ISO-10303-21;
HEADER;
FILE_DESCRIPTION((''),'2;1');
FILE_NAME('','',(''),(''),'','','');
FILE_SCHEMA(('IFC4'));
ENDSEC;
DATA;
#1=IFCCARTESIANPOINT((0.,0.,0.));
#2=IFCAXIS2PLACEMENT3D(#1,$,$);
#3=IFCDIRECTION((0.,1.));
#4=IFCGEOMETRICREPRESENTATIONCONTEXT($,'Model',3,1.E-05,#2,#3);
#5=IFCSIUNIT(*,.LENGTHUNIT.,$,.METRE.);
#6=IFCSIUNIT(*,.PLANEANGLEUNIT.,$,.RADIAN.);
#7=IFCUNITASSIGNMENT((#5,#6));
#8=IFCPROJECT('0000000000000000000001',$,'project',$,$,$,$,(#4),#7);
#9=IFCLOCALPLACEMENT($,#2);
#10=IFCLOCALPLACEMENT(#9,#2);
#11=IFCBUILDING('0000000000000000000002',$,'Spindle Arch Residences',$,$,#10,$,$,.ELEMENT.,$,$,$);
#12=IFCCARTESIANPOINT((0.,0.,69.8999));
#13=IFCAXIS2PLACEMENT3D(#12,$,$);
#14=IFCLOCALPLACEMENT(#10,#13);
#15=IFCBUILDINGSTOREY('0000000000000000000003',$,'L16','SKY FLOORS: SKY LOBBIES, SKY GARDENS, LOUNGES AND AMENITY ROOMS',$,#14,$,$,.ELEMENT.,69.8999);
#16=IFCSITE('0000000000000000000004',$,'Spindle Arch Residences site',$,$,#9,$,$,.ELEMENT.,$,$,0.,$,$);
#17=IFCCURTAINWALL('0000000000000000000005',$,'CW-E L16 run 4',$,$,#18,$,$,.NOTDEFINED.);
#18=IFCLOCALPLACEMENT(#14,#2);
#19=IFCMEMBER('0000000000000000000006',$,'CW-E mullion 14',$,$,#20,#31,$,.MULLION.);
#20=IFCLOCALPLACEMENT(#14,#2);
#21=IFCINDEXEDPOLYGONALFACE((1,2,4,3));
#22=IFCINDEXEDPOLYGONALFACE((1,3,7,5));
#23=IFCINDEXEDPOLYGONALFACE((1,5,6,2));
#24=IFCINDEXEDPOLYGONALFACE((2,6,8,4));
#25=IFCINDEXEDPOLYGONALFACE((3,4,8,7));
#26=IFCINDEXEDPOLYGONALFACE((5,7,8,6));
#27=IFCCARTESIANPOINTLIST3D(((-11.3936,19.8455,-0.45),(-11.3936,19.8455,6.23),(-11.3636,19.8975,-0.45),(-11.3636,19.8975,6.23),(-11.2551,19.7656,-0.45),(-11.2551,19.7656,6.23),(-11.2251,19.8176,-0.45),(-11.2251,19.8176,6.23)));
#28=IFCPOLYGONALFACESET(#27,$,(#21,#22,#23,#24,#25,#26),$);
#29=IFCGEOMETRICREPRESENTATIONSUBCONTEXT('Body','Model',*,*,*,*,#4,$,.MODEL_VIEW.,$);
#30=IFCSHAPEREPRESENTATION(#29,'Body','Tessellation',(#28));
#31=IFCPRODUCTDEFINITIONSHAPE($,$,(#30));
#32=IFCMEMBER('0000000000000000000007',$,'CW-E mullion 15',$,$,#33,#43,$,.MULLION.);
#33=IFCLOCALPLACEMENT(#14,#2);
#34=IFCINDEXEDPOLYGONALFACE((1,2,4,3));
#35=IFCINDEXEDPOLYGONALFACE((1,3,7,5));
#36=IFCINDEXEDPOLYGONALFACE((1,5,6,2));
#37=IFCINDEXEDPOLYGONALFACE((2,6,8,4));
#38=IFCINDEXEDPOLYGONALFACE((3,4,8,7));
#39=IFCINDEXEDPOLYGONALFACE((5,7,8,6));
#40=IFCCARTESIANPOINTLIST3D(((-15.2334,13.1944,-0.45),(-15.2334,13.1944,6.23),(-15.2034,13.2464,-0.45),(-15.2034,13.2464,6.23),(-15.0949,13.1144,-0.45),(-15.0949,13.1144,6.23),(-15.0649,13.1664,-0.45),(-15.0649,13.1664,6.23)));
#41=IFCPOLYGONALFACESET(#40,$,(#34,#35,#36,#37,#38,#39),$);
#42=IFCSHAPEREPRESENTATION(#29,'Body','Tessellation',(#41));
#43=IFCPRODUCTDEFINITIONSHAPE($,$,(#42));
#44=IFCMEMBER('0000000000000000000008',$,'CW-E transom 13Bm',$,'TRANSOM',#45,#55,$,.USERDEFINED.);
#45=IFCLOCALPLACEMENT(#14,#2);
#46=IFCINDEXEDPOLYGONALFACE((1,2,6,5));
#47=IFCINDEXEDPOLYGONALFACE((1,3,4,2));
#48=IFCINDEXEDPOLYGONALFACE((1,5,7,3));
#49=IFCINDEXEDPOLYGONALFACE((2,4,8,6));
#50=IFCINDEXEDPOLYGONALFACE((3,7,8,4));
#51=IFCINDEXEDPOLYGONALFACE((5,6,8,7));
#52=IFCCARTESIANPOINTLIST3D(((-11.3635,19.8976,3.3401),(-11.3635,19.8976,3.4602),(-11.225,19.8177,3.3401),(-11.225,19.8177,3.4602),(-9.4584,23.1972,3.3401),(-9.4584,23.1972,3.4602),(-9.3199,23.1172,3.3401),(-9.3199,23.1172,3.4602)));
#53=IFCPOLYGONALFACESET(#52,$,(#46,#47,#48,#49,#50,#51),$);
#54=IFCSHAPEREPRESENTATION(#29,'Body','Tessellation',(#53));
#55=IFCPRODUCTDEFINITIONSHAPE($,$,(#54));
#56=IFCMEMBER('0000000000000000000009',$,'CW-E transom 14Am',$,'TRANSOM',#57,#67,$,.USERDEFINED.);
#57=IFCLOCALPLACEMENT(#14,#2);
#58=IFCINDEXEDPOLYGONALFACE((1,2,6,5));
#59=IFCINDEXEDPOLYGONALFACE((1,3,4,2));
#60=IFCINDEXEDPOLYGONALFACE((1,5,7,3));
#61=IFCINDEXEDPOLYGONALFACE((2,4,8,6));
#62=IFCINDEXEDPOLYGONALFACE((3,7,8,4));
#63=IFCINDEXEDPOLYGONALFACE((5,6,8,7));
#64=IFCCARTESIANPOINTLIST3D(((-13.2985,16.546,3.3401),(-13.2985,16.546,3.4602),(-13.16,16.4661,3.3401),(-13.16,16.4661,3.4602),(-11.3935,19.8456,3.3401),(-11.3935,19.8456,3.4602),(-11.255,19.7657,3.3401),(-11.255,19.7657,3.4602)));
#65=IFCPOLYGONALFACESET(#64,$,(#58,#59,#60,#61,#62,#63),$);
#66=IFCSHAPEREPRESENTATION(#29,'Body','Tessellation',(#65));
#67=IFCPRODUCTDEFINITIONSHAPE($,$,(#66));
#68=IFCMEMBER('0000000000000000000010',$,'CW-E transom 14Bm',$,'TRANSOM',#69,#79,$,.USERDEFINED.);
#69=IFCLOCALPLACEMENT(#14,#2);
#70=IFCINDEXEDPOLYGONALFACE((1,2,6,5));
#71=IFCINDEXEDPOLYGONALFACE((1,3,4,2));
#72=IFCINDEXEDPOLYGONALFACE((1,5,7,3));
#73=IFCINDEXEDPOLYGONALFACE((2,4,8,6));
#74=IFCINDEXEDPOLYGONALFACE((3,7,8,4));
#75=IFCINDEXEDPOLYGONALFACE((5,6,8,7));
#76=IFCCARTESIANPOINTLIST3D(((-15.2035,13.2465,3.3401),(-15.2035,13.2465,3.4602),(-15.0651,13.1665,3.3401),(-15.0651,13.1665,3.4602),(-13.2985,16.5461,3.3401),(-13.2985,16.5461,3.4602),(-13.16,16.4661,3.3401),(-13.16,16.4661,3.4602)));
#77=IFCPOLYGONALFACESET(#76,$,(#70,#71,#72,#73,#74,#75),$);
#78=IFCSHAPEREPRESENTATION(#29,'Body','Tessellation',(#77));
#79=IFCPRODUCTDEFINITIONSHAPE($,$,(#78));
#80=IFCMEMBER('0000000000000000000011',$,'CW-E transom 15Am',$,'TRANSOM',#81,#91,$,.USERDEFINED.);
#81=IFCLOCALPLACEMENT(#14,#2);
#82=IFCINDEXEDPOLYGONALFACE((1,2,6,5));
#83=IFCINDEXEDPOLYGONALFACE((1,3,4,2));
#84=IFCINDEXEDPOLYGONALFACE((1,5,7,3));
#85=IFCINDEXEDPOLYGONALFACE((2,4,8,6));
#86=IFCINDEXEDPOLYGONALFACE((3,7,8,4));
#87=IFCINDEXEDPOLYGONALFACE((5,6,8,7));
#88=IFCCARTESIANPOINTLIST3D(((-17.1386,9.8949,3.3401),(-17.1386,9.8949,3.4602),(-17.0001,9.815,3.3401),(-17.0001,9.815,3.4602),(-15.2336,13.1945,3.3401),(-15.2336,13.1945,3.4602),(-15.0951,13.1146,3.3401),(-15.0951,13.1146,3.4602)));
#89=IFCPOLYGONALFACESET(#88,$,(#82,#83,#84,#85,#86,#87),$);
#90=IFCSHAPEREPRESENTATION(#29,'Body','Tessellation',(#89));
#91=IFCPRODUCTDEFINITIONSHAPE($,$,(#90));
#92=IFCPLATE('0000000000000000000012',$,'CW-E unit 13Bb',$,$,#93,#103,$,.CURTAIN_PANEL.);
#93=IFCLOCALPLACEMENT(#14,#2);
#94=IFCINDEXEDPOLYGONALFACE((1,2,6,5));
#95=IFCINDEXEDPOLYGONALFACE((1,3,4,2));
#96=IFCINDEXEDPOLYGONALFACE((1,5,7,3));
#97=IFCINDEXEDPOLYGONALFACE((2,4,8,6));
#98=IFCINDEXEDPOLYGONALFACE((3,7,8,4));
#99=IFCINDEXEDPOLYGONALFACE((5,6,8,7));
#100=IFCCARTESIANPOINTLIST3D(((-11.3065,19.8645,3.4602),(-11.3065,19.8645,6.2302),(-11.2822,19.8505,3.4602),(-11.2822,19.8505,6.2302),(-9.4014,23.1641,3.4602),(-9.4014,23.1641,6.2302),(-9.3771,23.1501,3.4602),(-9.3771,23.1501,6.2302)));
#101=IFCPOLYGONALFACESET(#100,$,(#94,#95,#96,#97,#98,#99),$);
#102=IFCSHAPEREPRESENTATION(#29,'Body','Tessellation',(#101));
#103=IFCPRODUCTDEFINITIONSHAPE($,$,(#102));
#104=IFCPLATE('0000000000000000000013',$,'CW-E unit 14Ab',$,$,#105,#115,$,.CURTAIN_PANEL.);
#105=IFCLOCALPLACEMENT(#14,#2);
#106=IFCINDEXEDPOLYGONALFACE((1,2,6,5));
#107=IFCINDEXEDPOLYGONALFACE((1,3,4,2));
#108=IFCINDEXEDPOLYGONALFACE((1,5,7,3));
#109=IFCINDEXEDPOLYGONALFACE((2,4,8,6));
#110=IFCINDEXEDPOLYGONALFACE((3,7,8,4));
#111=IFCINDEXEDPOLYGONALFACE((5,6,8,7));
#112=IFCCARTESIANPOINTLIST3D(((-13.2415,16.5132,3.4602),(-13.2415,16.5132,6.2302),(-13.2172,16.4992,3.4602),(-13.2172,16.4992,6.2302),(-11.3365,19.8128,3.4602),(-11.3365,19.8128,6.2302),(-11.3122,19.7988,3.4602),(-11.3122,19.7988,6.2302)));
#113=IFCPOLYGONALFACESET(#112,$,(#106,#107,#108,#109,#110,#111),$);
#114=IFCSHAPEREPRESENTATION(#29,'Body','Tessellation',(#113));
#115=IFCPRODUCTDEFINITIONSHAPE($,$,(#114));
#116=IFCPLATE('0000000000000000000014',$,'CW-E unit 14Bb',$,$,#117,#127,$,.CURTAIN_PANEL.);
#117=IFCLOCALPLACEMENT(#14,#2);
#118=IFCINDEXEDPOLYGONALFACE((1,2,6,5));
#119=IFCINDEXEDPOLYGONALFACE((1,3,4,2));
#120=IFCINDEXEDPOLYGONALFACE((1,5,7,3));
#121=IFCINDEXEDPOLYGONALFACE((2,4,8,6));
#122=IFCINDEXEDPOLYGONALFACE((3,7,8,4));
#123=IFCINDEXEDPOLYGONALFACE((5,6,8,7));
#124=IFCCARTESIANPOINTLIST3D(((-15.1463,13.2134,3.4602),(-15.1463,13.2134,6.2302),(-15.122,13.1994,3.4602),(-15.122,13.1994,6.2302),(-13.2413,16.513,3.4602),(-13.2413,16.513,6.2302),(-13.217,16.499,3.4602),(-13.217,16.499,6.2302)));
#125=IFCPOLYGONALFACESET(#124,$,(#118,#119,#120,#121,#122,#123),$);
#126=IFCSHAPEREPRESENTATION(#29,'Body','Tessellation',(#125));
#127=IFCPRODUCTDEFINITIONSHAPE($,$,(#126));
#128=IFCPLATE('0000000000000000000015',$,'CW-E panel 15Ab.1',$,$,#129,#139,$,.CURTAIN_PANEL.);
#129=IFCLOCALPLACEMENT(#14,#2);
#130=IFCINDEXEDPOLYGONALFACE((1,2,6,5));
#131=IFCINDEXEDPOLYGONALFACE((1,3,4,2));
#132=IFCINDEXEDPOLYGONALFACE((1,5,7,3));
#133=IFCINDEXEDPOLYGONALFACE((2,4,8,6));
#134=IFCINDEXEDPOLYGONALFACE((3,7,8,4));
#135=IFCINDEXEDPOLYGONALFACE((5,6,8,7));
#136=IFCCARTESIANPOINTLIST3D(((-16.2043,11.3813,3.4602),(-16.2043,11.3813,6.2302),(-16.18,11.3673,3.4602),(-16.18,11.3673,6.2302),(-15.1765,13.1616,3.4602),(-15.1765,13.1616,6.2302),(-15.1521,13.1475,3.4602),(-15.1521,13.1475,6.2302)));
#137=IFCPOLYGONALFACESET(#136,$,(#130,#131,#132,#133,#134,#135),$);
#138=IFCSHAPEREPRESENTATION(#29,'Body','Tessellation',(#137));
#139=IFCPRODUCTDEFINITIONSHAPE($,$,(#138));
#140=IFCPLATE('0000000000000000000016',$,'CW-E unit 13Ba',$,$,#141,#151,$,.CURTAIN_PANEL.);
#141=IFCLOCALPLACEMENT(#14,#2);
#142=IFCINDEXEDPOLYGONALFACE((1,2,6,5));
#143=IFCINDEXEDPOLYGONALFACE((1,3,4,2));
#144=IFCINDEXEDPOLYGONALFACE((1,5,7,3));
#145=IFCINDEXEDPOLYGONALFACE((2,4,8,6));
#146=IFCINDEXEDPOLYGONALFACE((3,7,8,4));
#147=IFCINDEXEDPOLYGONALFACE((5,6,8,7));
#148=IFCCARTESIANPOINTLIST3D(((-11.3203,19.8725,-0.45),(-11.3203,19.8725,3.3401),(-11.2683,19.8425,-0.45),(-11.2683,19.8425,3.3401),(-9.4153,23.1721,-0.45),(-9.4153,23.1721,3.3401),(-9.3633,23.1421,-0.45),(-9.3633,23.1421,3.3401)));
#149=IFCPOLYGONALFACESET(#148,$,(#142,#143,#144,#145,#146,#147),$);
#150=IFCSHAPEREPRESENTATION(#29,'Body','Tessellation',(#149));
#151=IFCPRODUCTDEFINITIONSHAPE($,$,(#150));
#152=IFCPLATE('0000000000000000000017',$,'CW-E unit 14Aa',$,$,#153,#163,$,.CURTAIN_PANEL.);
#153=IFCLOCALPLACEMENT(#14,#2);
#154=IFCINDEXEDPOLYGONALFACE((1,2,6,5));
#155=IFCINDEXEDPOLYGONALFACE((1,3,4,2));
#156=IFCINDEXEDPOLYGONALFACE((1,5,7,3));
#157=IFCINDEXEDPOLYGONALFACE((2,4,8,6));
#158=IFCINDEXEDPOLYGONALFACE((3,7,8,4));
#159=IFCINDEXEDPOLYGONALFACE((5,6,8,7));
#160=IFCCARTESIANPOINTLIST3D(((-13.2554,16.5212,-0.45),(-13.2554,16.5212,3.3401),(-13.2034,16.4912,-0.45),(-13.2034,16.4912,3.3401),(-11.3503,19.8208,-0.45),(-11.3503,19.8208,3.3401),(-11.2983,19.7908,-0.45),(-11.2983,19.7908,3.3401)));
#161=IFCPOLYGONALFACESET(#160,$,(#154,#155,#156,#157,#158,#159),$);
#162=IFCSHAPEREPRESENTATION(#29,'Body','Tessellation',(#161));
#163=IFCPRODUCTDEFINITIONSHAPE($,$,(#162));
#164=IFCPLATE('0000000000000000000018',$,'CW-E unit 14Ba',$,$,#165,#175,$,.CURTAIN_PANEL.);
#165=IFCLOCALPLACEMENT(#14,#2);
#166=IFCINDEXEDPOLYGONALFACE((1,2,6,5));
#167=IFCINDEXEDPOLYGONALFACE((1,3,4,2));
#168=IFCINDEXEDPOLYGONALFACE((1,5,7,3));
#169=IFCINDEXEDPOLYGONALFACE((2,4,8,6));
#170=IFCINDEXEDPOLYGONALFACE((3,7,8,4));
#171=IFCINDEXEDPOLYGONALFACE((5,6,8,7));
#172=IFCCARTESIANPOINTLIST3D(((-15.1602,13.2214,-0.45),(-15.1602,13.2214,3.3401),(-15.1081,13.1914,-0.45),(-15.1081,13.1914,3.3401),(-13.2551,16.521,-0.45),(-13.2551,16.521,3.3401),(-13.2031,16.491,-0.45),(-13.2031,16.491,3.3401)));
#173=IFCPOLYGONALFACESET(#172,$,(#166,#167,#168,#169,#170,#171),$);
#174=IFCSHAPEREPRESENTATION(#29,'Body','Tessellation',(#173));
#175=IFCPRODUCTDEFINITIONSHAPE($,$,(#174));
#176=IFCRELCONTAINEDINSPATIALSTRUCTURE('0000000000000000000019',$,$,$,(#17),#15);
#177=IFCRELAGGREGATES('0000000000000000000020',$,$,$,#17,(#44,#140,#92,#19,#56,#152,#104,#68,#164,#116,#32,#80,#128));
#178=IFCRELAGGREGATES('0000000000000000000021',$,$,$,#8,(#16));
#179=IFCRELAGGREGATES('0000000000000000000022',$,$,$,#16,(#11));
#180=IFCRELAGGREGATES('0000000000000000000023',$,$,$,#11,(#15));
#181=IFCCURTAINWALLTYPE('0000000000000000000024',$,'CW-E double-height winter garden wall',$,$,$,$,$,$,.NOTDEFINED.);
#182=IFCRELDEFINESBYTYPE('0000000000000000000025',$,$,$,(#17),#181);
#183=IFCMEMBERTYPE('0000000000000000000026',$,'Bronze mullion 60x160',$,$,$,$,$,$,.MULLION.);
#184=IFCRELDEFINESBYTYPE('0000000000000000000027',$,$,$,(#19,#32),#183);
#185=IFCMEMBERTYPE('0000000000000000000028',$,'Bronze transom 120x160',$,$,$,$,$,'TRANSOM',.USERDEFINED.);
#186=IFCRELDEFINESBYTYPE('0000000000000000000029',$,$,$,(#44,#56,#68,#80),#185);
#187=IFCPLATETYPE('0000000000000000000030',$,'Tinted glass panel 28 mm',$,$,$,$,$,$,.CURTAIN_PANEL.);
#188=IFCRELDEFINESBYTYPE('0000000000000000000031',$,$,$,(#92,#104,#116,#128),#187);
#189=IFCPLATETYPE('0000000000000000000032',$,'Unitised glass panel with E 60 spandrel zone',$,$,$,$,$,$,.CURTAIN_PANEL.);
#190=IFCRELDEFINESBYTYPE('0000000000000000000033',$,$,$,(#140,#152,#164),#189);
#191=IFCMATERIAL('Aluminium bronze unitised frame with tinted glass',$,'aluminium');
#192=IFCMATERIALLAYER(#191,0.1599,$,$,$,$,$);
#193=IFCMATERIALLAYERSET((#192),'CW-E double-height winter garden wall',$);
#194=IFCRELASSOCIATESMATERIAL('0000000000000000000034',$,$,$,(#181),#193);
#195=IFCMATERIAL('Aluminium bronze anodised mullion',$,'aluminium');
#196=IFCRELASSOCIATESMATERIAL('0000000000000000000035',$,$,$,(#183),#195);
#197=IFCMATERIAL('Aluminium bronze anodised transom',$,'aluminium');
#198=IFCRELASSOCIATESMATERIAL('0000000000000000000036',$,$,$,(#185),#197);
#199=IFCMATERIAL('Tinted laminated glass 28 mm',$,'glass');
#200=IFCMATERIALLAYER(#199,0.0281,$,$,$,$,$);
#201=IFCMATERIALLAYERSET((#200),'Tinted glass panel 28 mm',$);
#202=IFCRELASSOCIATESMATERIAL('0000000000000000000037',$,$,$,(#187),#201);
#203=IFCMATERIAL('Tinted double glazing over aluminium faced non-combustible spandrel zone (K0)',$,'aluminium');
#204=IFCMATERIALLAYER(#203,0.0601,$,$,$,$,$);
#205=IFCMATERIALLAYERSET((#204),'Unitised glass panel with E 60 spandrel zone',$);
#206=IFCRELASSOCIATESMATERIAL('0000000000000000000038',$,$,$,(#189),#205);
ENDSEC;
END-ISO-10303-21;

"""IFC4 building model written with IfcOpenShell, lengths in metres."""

from ifc_helpers import new_model, si_unit, direction, frame, origin, origin_2d, place, context, subcontext, project, spatial, rectangle, extrude, material, layer, layer_set, material_profile, profile_set, type_object, element, aggregate, save


model = new_model("IFC4")

# Units and contexts
model_context = context("Model", 3, precision=1e-05, world=origin(), true_north=direction((0.0, 1.0)))
body_context = subcontext(model_context, "Body", "Model", "MODEL_VIEW")
ifc_project = project(units=[si_unit("LENGTHUNIT", "METRE"), si_unit("PLANEANGLEUNIT", "RADIAN")], contexts=[model_context])

# Site, building, storey
site_placement = place(None, origin())
site = spatial("IfcSite", under=ifc_project, at=site_placement, Name="Spindle Arch Residences site", CompositionType="ELEMENT", RefElevation=0.0)
building_placement = place(site_placement, origin())
building = spatial("IfcBuilding", under=site, at=building_placement, Name="Spindle Arch Residences", CompositionType="ELEMENT")
storey_placement = place(building_placement, frame((0.0, 0.0, 69.8999)))
storey = spatial("IfcBuildingStorey", under=building, at=storey_placement, Name="L16", Description="SKY FLOORS: SKY LOBBIES, SKY GARDENS, LOUNGES AND AMENITY ROOMS", CompositionType="ELEMENT", Elevation=69.8999)

# Curtain wall, members, plates
ifc_material_1 = material(Name="Aluminium bronze unitised frame with tinted glass", Category="aluminium")
ifc_layer_1 = layer(ifc_material_1, 0.1599)
ifc_layer_set_1 = layer_set([ifc_layer_1], Name="CW-E double-height winter garden wall")
curtain_wall_type = type_object("IfcCurtainWallType", Name="CW-E double-height winter garden wall", PredefinedType="NOTDEFINED", material=ifc_layer_set_1)
curtain_wall_placement = place(storey_placement, origin())
curtain_wall = element("IfcCurtainWall", 1, at=curtain_wall_placement, inside=storey, type_object=curtain_wall_type, Name="CW-E L16 run 4", PredefinedType="NOTDEFINED")
ifc_material_2 = material(Name="Aluminium bronze anodised mullion", Category="aluminium")
ifc_material_profile_1 = material_profile(ifc_material_2, rectangle(XDim=0.1599, YDim=0.0601, at=origin_2d()), Name="MU 60x160")
ifc_profile_set_1 = profile_set([ifc_material_profile_1], Name="Aluminium bronze anodised mullion")
member_type_1 = type_object("IfcMemberType", Name="Bronze mullion 60x160", PredefinedType="MULLION", material=ifc_profile_set_1)
member_1_placement = place(storey_placement, frame((-11.3093, 19.8315, -0.45), z_axis=(0.0, 0.0, 1.0), x_axis=(0.866025, -0.5, 0.0)))
member_1 = element("IfcMember", 2, at=member_1_placement, type_object=member_type_1, Name="CW-E mullion 14", PredefinedType="MULLION", context=body_context, shape_type="SweptSolid", body=[
    extrude(rectangle(XDim=0.1599, YDim=0.0601, at=origin_2d()), origin(), (0.0, 0.0, 1.0), 6.6799),
])
member_2_placement = place(storey_placement, frame((-15.1492, 13.1804, -0.45), z_axis=(0.0, 0.0, 1.0), x_axis=(0.866025, -0.5, 0.0)))
member_2 = element("IfcMember", 3, at=member_2_placement, type_object=member_type_1, Name="CW-E mullion 15", PredefinedType="MULLION", context=body_context, shape_type="SweptSolid", body=[
    extrude(rectangle(XDim=0.1599, YDim=0.0601, at=origin_2d()), origin(), (0.0, 0.0, 1.0), 6.6799),
])
ifc_material_3 = material(Name="Aluminium bronze anodised transom", Category="aluminium")
ifc_material_profile_2 = material_profile(ifc_material_3, rectangle(XDim=0.1599, YDim=0.1201, at=origin_2d()), Name="TR 120x160")
ifc_profile_set_2 = profile_set([ifc_material_profile_2], Name="Aluminium bronze anodised transom")
member_type_2 = type_object("IfcMemberType", Name="Bronze transom 120x160", ElementType="TRANSOM", PredefinedType="USERDEFINED", material=ifc_profile_set_2)
member_3_placement = place(storey_placement, frame((-9.3892, 23.1572, 3.4001), z_axis=(-0.500005, -0.866022, 0.0), x_axis=(0.866022, -0.500005, 0.0)))
member_3 = element("IfcMember", 4, at=member_3_placement, type_object=member_type_2, Name="CW-E transom 13Bm", ObjectType="TRANSOM", PredefinedType="USERDEFINED", context=body_context, shape_type="SweptSolid", body=[
    extrude(rectangle(XDim=0.1599, YDim=0.1201, at=origin_2d()), origin(), (0.0, 0.0, 1.0), 3.8101),
])
member_4_placement = place(storey_placement, frame((-11.3242, 19.8057, 3.4001), z_axis=(-0.500005, -0.866022, 0.0), x_axis=(0.866022, -0.500005, 0.0)))
member_4 = element("IfcMember", 5, at=member_4_placement, type_object=member_type_2, Name="CW-E transom 14Am", ObjectType="TRANSOM", PredefinedType="USERDEFINED", context=body_context, shape_type="SweptSolid", body=[
    extrude(rectangle(XDim=0.1599, YDim=0.1201, at=origin_2d()), origin(), (0.0, 0.0, 1.0), 3.8101),
])
member_5_placement = place(storey_placement, frame((-13.2292, 16.5061, 3.4001), z_axis=(-0.500005, -0.866022, 0.0), x_axis=(0.866022, -0.500005, 0.0)))
member_5 = element("IfcMember", 6, at=member_5_placement, type_object=member_type_2, Name="CW-E transom 14Bm", ObjectType="TRANSOM", PredefinedType="USERDEFINED", context=body_context, shape_type="SweptSolid", body=[
    extrude(rectangle(XDim=0.1599, YDim=0.1201, at=origin_2d()), origin(), (0.0, 0.0, 1.0), 3.8101),
])
member_6_placement = place(storey_placement, frame((-15.1643, 13.1545, 3.4001), z_axis=(-0.500005, -0.866022, 0.0), x_axis=(0.866022, -0.500005, 0.0)))
member_6 = element("IfcMember", 7, at=member_6_placement, type_object=member_type_2, Name="CW-E transom 15Am", ObjectType="TRANSOM", PredefinedType="USERDEFINED", context=body_context, shape_type="SweptSolid", body=[
    extrude(rectangle(XDim=0.1599, YDim=0.1201, at=origin_2d()), origin(), (0.0, 0.0, 1.0), 3.8101),
])
ifc_material_4 = material(Name="Tinted laminated glass 28 mm", Category="glass")
ifc_layer_2 = layer(ifc_material_4, 0.0281)
ifc_layer_set_2 = layer_set([ifc_layer_2], Name="Tinted glass panel 28 mm")
plate_type_1 = type_object("IfcPlateType", Name="Tinted glass panel 28 mm", PredefinedType="CURTAIN_PANEL", material=ifc_layer_set_2)
plate_1_placement = place(storey_placement, frame((-10.3418, 21.5073, 3.4602), z_axis=(0.0, 0.0, 1.0), x_axis=(-0.5, -0.866025, 0.0)))
plate_1 = element("IfcPlate", 8, at=plate_1_placement, type_object=plate_type_1, Name="CW-E unit 13Bb", PredefinedType="CURTAIN_PANEL", context=body_context, shape_type="SweptSolid", body=[
    extrude(rectangle(XDim=3.8101, YDim=0.0281, at=origin_2d()), origin(), (0.0, 0.0, 1.0), 2.77),
])
plate_2_placement = place(storey_placement, frame((-12.2769, 18.156, 3.4602), z_axis=(0.0, 0.0, 1.0), x_axis=(-0.5, -0.866025, 0.0)))
plate_2 = element("IfcPlate", 9, at=plate_2_placement, type_object=plate_type_1, Name="CW-E unit 14Ab", PredefinedType="CURTAIN_PANEL", context=body_context, shape_type="SweptSolid", body=[
    extrude(rectangle(XDim=3.8101, YDim=0.0281, at=origin_2d()), origin(), (0.0, 0.0, 1.0), 2.77),
])
plate_3_placement = place(storey_placement, frame((-14.1816, 14.8562, 3.4602), z_axis=(0.0, 0.0, 1.0), x_axis=(-0.5, -0.866025, 0.0)))
plate_3 = element("IfcPlate", 10, at=plate_3_placement, type_object=plate_type_1, Name="CW-E unit 14Bb", PredefinedType="CURTAIN_PANEL", context=body_context, shape_type="SweptSolid", body=[
    extrude(rectangle(XDim=3.8101, YDim=0.0281, at=origin_2d()), origin(), (0.0, 0.0, 1.0), 2.77),
])
plate_4_placement = place(storey_placement, frame((-15.6782, 12.2644, 3.4602), z_axis=(0.0, 0.0, 1.0), x_axis=(-0.5, -0.866025, 0.0)))
plate_4 = element("IfcPlate", 11, at=plate_4_placement, type_object=plate_type_1, Name="CW-E panel 15Ab.1", PredefinedType="CURTAIN_PANEL", context=body_context, shape_type="SweptSolid", body=[
    extrude(rectangle(XDim=2.0557, YDim=0.0281, at=origin_2d()), origin(), (0.0, 0.0, 1.0), 2.77),
])
ifc_material_5 = material(Name="Tinted double glazing over aluminium faced non-combustible spandrel zone (K0)", Category="aluminium")
ifc_layer_3 = layer(ifc_material_5, 0.0601)
ifc_layer_set_3 = layer_set([ifc_layer_3], Name="Unitised glass panel with E 60 spandrel zone")
plate_type_2 = type_object("IfcPlateType", Name="Unitised glass panel with E 60 spandrel zone", PredefinedType="CURTAIN_PANEL", material=ifc_layer_set_3)
plate_5_placement = place(storey_placement, frame((-10.3418, 21.5073, -0.45), z_axis=(0.0, 0.0, 1.0), x_axis=(-0.5, -0.866025, 0.0)))
plate_5 = element("IfcPlate", 12, at=plate_5_placement, type_object=plate_type_2, Name="CW-E unit 13Ba", PredefinedType="CURTAIN_PANEL", context=body_context, shape_type="SweptSolid", body=[
    extrude(rectangle(XDim=3.8101, YDim=0.0601, at=origin_2d()), origin(), (0.0, 0.0, 1.0), 3.79),
])
plate_6_placement = place(storey_placement, frame((-12.2769, 18.156, -0.45), z_axis=(0.0, 0.0, 1.0), x_axis=(-0.5, -0.866025, 0.0)))
plate_6 = element("IfcPlate", 13, at=plate_6_placement, type_object=plate_type_2, Name="CW-E unit 14Aa", PredefinedType="CURTAIN_PANEL", context=body_context, shape_type="SweptSolid", body=[
    extrude(rectangle(XDim=3.8101, YDim=0.0601, at=origin_2d()), origin(), (0.0, 0.0, 1.0), 3.79),
])
plate_7_placement = place(storey_placement, frame((-14.1816, 14.8562, -0.45), z_axis=(0.0, 0.0, 1.0), x_axis=(-0.5, -0.866025, 0.0)))
plate_7 = element("IfcPlate", 14, at=plate_7_placement, type_object=plate_type_2, Name="CW-E unit 14Ba", PredefinedType="CURTAIN_PANEL", context=body_context, shape_type="SweptSolid", body=[
    extrude(rectangle(XDim=3.8101, YDim=0.0601, at=origin_2d()), origin(), (0.0, 0.0, 1.0), 3.79),
])
aggregate(curtain_wall, [member_3, plate_5, plate_1, member_1, member_4, plate_6, plate_2, member_5, plate_7, plate_3, member_2, member_6, plate_4])

save(model, "model.ifc")
